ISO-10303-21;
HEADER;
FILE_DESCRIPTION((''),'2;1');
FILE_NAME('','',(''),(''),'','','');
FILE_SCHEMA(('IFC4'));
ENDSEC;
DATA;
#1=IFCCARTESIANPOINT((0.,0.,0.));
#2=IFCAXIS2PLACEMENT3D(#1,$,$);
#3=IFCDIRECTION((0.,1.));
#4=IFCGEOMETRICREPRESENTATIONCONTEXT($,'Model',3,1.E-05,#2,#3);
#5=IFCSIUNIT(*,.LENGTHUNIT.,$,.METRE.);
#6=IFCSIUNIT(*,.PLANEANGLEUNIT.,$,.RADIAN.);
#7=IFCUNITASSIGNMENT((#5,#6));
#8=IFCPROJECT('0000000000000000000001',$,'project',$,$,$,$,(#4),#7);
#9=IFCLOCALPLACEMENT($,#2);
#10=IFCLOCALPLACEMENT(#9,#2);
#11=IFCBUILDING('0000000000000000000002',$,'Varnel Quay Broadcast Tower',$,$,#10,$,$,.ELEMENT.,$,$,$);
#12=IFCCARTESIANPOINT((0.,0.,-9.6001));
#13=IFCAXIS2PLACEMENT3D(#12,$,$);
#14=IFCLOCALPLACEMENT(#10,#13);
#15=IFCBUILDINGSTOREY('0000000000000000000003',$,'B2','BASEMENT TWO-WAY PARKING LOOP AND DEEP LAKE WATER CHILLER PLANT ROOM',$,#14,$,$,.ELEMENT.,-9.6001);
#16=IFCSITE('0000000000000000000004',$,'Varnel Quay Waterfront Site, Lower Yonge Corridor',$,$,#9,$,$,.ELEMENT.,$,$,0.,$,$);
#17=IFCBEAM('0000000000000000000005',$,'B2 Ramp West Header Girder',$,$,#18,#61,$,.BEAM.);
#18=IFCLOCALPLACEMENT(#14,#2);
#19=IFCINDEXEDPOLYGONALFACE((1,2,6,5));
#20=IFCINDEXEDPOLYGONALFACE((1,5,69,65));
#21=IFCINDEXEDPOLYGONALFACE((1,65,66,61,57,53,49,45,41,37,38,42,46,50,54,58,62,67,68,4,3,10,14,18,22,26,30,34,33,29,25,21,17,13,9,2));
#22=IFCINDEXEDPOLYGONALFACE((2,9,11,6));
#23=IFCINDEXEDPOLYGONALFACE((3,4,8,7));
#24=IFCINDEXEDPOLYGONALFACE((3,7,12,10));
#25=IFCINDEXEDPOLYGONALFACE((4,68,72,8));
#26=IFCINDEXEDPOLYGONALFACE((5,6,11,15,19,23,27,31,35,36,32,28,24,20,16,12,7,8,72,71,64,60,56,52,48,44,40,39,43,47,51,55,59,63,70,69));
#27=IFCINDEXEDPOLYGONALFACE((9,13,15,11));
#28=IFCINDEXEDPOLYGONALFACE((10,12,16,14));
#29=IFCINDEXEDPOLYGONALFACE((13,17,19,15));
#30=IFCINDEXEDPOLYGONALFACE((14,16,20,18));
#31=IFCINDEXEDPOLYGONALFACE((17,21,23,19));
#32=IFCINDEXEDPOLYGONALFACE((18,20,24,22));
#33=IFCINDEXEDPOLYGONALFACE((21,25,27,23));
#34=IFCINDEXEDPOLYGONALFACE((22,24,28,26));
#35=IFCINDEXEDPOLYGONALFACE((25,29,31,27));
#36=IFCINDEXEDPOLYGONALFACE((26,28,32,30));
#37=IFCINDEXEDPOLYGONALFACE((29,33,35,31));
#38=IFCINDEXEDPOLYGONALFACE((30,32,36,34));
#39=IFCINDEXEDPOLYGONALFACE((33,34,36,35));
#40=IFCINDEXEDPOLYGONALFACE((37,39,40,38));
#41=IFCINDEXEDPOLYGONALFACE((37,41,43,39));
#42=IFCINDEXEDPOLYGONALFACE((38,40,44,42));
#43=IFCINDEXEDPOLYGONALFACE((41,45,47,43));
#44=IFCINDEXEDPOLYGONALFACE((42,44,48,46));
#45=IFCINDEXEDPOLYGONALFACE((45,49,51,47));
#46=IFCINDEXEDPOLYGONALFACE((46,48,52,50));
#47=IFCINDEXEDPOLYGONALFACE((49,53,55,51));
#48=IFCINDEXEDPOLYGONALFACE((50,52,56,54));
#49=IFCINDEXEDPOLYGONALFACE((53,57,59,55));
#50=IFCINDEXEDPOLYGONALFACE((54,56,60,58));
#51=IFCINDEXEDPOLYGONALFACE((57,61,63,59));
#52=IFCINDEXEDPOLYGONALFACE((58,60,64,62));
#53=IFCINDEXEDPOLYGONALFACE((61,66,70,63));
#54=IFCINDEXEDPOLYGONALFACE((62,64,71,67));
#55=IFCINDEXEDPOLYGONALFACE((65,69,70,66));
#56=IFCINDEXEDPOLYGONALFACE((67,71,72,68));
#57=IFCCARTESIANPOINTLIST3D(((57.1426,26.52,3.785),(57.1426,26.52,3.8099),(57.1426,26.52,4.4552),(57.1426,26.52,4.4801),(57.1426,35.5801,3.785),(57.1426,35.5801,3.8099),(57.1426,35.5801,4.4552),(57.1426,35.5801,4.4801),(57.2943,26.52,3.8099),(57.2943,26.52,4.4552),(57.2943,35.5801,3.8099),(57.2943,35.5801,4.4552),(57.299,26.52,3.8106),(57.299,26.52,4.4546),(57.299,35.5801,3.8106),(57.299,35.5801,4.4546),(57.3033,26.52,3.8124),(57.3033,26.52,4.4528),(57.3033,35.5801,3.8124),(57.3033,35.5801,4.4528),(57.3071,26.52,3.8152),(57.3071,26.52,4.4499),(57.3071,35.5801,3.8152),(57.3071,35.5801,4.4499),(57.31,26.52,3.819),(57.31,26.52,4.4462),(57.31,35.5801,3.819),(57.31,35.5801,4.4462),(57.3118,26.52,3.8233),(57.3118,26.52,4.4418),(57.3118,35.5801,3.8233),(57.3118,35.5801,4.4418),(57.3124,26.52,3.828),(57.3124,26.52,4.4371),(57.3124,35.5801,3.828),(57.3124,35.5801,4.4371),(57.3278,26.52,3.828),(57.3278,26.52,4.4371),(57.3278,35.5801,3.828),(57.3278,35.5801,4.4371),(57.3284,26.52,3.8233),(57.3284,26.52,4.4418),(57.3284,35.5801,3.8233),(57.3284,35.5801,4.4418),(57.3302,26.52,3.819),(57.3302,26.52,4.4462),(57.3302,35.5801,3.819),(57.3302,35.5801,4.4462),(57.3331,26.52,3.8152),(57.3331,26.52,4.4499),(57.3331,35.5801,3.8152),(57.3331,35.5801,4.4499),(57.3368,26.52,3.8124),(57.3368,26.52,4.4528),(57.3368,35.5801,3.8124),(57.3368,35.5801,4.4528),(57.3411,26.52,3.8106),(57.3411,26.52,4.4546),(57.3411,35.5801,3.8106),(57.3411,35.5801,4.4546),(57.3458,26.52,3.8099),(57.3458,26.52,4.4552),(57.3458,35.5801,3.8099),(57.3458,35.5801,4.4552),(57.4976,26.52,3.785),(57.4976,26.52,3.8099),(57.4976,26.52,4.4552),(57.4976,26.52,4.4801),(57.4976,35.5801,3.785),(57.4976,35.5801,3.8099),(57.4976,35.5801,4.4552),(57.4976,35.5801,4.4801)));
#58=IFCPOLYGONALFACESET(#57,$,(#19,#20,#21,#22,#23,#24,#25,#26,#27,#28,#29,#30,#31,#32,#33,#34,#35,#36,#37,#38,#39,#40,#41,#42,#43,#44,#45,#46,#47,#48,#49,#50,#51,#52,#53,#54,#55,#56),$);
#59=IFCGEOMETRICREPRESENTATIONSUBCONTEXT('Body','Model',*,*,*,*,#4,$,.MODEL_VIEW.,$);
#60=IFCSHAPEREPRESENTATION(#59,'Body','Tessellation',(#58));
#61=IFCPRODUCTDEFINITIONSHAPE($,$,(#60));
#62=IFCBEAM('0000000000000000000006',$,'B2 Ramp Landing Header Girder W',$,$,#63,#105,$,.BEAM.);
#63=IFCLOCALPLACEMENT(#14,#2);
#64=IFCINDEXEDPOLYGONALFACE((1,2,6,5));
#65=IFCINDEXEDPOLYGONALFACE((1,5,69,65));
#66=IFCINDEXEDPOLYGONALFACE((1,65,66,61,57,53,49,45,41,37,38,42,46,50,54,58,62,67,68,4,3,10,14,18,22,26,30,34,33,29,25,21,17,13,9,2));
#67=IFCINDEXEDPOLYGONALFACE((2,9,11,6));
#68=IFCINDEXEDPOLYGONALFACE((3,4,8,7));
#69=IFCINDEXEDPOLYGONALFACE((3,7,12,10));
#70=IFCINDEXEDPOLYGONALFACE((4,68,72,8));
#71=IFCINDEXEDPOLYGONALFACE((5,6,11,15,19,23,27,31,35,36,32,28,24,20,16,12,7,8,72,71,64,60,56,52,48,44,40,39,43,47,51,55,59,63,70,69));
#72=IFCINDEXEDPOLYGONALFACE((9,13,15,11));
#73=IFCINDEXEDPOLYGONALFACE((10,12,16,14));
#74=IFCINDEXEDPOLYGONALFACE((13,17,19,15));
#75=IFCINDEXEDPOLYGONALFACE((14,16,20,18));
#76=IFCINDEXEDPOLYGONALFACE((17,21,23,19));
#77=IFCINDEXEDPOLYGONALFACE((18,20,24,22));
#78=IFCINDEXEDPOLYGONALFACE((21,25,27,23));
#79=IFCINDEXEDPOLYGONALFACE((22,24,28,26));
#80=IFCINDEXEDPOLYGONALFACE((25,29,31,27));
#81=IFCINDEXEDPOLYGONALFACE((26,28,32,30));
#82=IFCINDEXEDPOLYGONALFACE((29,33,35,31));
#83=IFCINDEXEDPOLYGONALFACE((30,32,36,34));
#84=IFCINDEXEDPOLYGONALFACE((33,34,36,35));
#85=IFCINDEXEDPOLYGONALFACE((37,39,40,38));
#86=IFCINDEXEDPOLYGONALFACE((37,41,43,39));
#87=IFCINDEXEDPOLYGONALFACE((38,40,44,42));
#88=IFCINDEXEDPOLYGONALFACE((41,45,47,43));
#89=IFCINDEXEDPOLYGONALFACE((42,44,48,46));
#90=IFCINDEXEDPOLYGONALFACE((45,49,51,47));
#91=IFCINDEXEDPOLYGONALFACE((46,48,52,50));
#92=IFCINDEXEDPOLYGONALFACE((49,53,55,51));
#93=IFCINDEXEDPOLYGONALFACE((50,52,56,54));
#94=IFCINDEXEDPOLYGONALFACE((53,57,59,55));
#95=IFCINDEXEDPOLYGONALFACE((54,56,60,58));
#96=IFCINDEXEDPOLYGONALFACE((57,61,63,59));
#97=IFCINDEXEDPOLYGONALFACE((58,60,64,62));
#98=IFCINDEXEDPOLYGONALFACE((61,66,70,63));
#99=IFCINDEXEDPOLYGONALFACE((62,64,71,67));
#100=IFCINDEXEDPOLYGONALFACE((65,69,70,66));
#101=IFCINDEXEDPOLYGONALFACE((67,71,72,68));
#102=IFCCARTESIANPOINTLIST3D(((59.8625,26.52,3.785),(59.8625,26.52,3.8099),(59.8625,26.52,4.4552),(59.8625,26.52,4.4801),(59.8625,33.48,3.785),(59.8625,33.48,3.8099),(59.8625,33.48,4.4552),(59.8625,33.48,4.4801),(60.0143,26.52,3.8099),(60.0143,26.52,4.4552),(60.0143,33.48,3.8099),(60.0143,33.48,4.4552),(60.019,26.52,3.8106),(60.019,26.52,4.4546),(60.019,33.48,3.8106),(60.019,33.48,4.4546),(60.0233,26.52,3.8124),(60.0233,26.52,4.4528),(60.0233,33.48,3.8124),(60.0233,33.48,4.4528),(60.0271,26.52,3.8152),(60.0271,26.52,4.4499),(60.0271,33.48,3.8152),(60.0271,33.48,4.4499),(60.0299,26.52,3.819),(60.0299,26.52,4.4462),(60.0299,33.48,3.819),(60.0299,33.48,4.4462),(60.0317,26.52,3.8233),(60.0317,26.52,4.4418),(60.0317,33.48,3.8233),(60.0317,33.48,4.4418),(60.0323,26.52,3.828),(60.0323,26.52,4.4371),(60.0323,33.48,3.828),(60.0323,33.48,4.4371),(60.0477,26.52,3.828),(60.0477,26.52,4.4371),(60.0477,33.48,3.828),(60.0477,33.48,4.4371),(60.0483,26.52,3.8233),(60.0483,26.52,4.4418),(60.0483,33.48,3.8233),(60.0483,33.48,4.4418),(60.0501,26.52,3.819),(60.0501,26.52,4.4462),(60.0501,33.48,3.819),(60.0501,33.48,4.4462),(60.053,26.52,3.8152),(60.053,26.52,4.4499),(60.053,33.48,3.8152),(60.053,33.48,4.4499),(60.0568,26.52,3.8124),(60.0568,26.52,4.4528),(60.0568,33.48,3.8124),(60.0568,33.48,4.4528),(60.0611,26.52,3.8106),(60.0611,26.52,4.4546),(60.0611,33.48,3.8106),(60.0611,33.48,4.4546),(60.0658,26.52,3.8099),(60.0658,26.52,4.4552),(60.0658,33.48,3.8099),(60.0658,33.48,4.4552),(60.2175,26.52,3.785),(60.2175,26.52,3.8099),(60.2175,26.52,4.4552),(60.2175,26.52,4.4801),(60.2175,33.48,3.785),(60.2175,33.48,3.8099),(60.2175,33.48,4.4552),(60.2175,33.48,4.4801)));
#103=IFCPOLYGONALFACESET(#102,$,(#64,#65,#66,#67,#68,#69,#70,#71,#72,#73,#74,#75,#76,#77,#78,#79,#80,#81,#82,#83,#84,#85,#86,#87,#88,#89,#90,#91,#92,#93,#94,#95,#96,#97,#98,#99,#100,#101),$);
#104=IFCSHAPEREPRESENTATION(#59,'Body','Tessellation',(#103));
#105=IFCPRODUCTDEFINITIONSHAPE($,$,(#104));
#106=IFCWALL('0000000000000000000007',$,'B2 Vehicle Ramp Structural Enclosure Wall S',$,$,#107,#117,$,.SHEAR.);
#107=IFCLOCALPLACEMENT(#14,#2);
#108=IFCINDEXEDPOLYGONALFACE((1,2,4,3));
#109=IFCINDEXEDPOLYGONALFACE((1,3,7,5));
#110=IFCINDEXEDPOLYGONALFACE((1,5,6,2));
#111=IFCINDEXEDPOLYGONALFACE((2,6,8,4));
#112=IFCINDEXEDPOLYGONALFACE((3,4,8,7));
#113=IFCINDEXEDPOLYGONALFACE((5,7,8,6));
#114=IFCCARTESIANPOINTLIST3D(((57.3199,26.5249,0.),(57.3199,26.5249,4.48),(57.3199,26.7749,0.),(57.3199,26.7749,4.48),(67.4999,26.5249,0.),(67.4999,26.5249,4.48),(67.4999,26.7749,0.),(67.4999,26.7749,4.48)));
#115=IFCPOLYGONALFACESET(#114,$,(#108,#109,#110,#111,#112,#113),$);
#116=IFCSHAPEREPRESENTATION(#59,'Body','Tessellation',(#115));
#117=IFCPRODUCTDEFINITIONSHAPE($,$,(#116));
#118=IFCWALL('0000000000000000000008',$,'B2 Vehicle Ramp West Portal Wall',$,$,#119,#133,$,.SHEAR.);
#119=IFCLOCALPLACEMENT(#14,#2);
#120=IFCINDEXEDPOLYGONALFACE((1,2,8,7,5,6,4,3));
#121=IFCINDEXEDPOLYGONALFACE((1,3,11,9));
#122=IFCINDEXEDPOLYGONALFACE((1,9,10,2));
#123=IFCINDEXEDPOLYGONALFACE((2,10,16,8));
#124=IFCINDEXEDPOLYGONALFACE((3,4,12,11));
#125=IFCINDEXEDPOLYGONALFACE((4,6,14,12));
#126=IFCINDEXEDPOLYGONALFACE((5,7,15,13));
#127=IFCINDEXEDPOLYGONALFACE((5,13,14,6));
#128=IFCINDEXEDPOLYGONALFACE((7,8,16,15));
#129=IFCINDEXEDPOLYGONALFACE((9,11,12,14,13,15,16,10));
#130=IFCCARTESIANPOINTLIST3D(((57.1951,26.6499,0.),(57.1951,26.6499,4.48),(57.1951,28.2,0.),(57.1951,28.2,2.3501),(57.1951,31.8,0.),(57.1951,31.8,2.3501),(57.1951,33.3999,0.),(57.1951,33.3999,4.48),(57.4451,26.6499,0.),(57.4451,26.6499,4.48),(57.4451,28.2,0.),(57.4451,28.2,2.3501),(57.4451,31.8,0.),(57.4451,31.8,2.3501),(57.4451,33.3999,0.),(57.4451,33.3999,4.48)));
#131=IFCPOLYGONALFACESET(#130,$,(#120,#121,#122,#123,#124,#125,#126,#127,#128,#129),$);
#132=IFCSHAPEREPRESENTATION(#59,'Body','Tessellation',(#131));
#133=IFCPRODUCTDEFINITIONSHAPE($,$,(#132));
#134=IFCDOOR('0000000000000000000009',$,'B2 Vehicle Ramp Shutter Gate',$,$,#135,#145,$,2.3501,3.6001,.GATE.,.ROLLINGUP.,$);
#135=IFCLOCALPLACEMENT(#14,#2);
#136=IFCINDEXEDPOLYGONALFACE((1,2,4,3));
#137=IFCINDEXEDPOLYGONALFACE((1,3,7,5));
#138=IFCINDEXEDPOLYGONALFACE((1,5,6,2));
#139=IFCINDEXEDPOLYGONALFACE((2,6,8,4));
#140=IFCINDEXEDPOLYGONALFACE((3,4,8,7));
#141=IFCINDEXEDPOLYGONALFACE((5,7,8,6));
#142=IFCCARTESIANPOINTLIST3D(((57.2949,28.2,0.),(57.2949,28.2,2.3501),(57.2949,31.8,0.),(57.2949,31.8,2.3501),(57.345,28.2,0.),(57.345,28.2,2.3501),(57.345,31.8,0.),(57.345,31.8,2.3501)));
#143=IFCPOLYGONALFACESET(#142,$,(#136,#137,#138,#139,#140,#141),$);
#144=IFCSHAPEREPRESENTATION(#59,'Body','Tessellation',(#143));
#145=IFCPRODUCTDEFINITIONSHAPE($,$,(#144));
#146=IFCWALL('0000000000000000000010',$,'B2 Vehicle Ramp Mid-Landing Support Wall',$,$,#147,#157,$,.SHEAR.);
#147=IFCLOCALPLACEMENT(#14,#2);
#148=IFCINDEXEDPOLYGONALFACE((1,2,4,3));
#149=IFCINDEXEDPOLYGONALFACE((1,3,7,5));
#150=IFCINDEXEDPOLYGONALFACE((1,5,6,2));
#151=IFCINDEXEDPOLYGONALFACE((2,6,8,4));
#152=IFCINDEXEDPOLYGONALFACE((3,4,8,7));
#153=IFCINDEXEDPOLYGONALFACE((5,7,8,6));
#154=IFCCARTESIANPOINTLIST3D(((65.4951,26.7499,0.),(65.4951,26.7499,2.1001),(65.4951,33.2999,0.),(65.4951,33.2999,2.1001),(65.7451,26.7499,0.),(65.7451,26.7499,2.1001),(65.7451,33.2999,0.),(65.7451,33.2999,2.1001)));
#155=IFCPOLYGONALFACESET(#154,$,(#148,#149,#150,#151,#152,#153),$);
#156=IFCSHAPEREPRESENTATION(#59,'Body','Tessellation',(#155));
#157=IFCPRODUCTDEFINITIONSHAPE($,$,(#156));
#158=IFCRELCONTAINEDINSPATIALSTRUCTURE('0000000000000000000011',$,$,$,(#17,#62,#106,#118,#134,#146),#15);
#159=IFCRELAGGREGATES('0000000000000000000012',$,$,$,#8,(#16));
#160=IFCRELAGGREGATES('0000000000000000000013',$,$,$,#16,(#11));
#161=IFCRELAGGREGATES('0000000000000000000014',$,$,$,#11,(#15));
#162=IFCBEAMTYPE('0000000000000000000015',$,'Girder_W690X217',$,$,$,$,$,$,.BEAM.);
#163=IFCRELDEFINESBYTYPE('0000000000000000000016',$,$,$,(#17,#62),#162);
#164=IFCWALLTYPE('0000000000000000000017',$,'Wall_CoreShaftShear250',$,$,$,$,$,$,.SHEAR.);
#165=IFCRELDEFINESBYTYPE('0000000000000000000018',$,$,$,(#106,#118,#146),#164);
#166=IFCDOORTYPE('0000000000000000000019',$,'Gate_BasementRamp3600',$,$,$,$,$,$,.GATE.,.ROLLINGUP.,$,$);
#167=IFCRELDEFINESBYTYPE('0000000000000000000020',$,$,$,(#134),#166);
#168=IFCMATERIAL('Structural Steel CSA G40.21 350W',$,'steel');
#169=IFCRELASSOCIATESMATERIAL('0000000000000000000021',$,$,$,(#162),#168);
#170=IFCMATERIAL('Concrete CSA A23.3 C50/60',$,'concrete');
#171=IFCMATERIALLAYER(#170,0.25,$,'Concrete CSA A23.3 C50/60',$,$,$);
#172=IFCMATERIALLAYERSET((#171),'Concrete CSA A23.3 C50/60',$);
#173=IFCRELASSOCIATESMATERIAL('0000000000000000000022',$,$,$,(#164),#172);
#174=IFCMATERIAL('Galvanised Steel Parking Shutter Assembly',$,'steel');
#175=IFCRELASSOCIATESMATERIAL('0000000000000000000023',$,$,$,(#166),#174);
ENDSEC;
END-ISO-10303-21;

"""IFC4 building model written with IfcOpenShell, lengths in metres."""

from ifc_helpers import new_model, si_unit, direction, frame, frame_2d, origin, origin_2d, place, context, subcontext, project, spatial, rectangle, i_section, extrude, source, transform, mapped, material, layer, layer_set, material_profile, profile_set, type_object, type_shapes, element, fill, save


model = new_model("IFC4")

# Units and contexts
model_context = context("Model", 3, precision=1e-05, world=origin(), true_north=direction((0.0, 1.0)))
body_context = subcontext(model_context, "Body", "Model", "MODEL_VIEW")
ifc_project = project(units=[si_unit("LENGTHUNIT", "METRE"), si_unit("PLANEANGLEUNIT", "RADIAN")], contexts=[model_context])

# Site, building, storey
site_placement = place(None, origin())
site = spatial("IfcSite", under=ifc_project, at=site_placement, Name="Varnel Quay Waterfront Site, Lower Yonge Corridor", CompositionType="ELEMENT", RefElevation=0.0)
building_placement = place(site_placement, origin())
building = spatial("IfcBuilding", under=site, at=building_placement, Name="Varnel Quay Broadcast Tower", CompositionType="ELEMENT")
storey_placement = place(building_placement, frame((0.0, 0.0, -9.6001)))
storey = spatial("IfcBuildingStorey", under=building, at=storey_placement, Name="B2", Description="BASEMENT TWO-WAY PARKING LOOP AND DEEP LAKE WATER CHILLER PLANT ROOM", CompositionType="ELEMENT", Elevation=-9.6001)

# Shared definitions
ifc_material_1 = material(Name="Concrete CSA A23.3 C50/60", Category="concrete")

# Beams
ifc_material_2 = material(Name="Structural Steel CSA G40.21 350W", Category="steel")
ifc_material_profile_1 = material_profile(ifc_material_2, i_section(OverallWidth=0.355, OverallDepth=0.6951, WebThickness=0.0154, FlangeThickness=0.0249, FilletRadius=0.0181, at=origin_2d()), Name="W690X217")
ifc_profile_set_1 = profile_set([ifc_material_profile_1], Name="Structural Steel CSA G40.21 350W")
beam_type_1 = type_object("IfcBeamType", Name="Girder_W690X217", PredefinedType="BEAM", material=ifc_profile_set_1)
shared_shape_1 = source(origin(), body_context, "Body", "SweptSolid", [
    extrude(i_section(OverallWidth=0.355, OverallDepth=0.6951, WebThickness=0.0154, FlangeThickness=0.0249, FilletRadius=0.0181, at=origin_2d()), origin(), (0.0, 0.0, 1.0), 9.0601),
])
beam_1_placement = place(storey_placement, frame((57.3201, 26.52, 4.1326), z_axis=(0.0, 1.0, 0.0), x_axis=(-1.0, 0.0, 0.0)))
element("IfcBeam", 1, at=beam_1_placement, inside=storey, type_object=beam_type_1, Name="B2 Ramp West Header Girder", PredefinedType="BEAM", context=body_context, shape_type="MappedRepresentation", body=[
    mapped(shared_shape_1, transform((0.0, 0.0, 0.0), x_axis=(1.0, 0.0, 0.0), y_axis=(0.0, 1.0, 0.0), z_axis=(0.0, 0.0, 1.0), scale=1.0)),
])
shared_shape_2 = source(origin(), body_context, "Body", "SweptSolid", [
    extrude(i_section(OverallWidth=0.355, OverallDepth=0.6951, WebThickness=0.0154, FlangeThickness=0.0249, FilletRadius=0.0181, at=origin_2d()), origin(), (0.0, 0.0, 1.0), 6.96),
])
beam_2_placement = place(storey_placement, frame((60.04, 26.52, 4.1326), z_axis=(0.0, 1.0, 0.0), x_axis=(-1.0, 0.0, 0.0)))
element("IfcBeam", 2, at=beam_2_placement, inside=storey, type_object=beam_type_1, Name="B2 Ramp Landing Header Girder W", PredefinedType="BEAM", context=body_context, shape_type="MappedRepresentation", body=[
    mapped(shared_shape_2, transform((0.0, 0.0, 0.0), x_axis=(1.0, 0.0, 0.0), y_axis=(0.0, 1.0, 0.0), z_axis=(0.0, 0.0, 1.0), scale=1.0)),
])

# Wall
ifc_layer = layer(ifc_material_1, 0.25, Name="Concrete CSA A23.3 C50/60")
ifc_layer_set = layer_set([ifc_layer], Name="Concrete CSA A23.3 C50/60")
wall_type = type_object("IfcWallType", Name="Wall_CoreShaftShear250", PredefinedType="SHEAR", material=ifc_layer_set)
wall_1_placement = place(storey_placement, frame((57.3201, 26.6499, 0.0), z_axis=(0.0, 0.0, 1.0), x_axis=(1.0, 0.0, 0.0)))
element("IfcWall", 3, at=wall_1_placement, inside=storey, type_object=wall_type, Name="B2 Vehicle Ramp Structural Enclosure Wall S", PredefinedType="SHEAR", context=body_context, shape_type="SweptSolid", body=[
    extrude(rectangle(XDim=10.1799, YDim=0.25, at=frame_2d((5.0898, 0.0))), origin(), (0.0, 0.0, 1.0), 4.48),
])

# Wall, opening, door
wall_2_placement = place(storey_placement, frame((57.3201, 26.6499, 0.0), z_axis=(0.0, 0.0, 1.0), x_axis=(0.0, 1.0, 0.0)))
wall_2 = element("IfcWall", 4, at=wall_2_placement, inside=storey, type_object=wall_type, Name="B2 Vehicle Ramp West Portal Wall", PredefinedType="SHEAR", context=body_context, shape_type="SweptSolid", body=[
    extrude(rectangle(XDim=6.75, YDim=0.25, at=frame_2d((3.375, 0.0))), origin(), (0.0, 0.0, 1.0), 4.48),
])
opening_placement = place(wall_2_placement, frame((1.55, 0.0, 0.0)))
opening = element("IfcOpeningElement", 5, at=opening_placement, cuts=wall_2, PredefinedType="OPENING", context=body_context, shape_type="SweptSolid", body=[
    extrude(rectangle(XDim=3.6001, YDim=2.3501, at=frame_2d((1.8, 1.175))), frame((0.0, 0.135, 0.0), z_axis=(0.0, -1.0, 0.0), x_axis=(1.0, 0.0, 0.0)), (0.0, 0.0, 1.0), 0.27),
])
ifc_material_3 = material(Name="Galvanised Steel Parking Shutter Assembly", Category="steel")
door_type = type_object("IfcDoorType", Name="Gate_BasementRamp3600", OperationType="ROLLINGUP", PredefinedType="GATE", material=ifc_material_3)
shared_shape_3 = source(origin(), body_context, "Body", "SweptSolid", [
    extrude(rectangle(XDim=3.6001, YDim=2.3501, at=frame_2d((1.8, 1.175))), frame((0.0, 0.0249, 0.0), z_axis=(0.0, -1.0, 0.0), x_axis=(1.0, 0.0, 0.0)), (0.0, 0.0, 1.0), 0.05),
])
type_shapes(door_type, [shared_shape_3])
door_placement = place(opening_placement, frame((3.6001, 0.0, 0.0), z_axis=(0.0, 0.0, 1.0), x_axis=(-1.0, 0.0, 0.0)))
door = element("IfcDoor", 6, at=door_placement, inside=storey, type_object=door_type, Name="B2 Vehicle Ramp Shutter Gate", OperationType="ROLLINGUP", OverallHeight=2.3501, OverallWidth=3.6001, PredefinedType="GATE", context=body_context, shape_type="MappedRepresentation", body=[
    mapped(shared_shape_3, transform((0.0, 0.0, 0.0), x_axis=(1.0, 0.0, 0.0), y_axis=(0.0, 1.0, 0.0), z_axis=(0.0, 0.0, 1.0), scale=1.0)),
])
fill(opening, door)

# Wall
wall_3_placement = place(storey_placement, frame((65.6201, 26.75, 0.0), z_axis=(0.0, 0.0, 1.0), x_axis=(0.0, 1.0, 0.0)))
element("IfcWall", 7, at=wall_3_placement, inside=storey, type_object=wall_type, Name="B2 Vehicle Ramp Mid-Landing Support Wall", PredefinedType="SHEAR", context=body_context, shape_type="SweptSolid", body=[
    extrude(rectangle(XDim=6.55, YDim=0.25, at=frame_2d((3.2749, 0.0))), origin(), (0.0, 0.0, 1.0), 2.1001),
])

save(model, "model.ifc")
